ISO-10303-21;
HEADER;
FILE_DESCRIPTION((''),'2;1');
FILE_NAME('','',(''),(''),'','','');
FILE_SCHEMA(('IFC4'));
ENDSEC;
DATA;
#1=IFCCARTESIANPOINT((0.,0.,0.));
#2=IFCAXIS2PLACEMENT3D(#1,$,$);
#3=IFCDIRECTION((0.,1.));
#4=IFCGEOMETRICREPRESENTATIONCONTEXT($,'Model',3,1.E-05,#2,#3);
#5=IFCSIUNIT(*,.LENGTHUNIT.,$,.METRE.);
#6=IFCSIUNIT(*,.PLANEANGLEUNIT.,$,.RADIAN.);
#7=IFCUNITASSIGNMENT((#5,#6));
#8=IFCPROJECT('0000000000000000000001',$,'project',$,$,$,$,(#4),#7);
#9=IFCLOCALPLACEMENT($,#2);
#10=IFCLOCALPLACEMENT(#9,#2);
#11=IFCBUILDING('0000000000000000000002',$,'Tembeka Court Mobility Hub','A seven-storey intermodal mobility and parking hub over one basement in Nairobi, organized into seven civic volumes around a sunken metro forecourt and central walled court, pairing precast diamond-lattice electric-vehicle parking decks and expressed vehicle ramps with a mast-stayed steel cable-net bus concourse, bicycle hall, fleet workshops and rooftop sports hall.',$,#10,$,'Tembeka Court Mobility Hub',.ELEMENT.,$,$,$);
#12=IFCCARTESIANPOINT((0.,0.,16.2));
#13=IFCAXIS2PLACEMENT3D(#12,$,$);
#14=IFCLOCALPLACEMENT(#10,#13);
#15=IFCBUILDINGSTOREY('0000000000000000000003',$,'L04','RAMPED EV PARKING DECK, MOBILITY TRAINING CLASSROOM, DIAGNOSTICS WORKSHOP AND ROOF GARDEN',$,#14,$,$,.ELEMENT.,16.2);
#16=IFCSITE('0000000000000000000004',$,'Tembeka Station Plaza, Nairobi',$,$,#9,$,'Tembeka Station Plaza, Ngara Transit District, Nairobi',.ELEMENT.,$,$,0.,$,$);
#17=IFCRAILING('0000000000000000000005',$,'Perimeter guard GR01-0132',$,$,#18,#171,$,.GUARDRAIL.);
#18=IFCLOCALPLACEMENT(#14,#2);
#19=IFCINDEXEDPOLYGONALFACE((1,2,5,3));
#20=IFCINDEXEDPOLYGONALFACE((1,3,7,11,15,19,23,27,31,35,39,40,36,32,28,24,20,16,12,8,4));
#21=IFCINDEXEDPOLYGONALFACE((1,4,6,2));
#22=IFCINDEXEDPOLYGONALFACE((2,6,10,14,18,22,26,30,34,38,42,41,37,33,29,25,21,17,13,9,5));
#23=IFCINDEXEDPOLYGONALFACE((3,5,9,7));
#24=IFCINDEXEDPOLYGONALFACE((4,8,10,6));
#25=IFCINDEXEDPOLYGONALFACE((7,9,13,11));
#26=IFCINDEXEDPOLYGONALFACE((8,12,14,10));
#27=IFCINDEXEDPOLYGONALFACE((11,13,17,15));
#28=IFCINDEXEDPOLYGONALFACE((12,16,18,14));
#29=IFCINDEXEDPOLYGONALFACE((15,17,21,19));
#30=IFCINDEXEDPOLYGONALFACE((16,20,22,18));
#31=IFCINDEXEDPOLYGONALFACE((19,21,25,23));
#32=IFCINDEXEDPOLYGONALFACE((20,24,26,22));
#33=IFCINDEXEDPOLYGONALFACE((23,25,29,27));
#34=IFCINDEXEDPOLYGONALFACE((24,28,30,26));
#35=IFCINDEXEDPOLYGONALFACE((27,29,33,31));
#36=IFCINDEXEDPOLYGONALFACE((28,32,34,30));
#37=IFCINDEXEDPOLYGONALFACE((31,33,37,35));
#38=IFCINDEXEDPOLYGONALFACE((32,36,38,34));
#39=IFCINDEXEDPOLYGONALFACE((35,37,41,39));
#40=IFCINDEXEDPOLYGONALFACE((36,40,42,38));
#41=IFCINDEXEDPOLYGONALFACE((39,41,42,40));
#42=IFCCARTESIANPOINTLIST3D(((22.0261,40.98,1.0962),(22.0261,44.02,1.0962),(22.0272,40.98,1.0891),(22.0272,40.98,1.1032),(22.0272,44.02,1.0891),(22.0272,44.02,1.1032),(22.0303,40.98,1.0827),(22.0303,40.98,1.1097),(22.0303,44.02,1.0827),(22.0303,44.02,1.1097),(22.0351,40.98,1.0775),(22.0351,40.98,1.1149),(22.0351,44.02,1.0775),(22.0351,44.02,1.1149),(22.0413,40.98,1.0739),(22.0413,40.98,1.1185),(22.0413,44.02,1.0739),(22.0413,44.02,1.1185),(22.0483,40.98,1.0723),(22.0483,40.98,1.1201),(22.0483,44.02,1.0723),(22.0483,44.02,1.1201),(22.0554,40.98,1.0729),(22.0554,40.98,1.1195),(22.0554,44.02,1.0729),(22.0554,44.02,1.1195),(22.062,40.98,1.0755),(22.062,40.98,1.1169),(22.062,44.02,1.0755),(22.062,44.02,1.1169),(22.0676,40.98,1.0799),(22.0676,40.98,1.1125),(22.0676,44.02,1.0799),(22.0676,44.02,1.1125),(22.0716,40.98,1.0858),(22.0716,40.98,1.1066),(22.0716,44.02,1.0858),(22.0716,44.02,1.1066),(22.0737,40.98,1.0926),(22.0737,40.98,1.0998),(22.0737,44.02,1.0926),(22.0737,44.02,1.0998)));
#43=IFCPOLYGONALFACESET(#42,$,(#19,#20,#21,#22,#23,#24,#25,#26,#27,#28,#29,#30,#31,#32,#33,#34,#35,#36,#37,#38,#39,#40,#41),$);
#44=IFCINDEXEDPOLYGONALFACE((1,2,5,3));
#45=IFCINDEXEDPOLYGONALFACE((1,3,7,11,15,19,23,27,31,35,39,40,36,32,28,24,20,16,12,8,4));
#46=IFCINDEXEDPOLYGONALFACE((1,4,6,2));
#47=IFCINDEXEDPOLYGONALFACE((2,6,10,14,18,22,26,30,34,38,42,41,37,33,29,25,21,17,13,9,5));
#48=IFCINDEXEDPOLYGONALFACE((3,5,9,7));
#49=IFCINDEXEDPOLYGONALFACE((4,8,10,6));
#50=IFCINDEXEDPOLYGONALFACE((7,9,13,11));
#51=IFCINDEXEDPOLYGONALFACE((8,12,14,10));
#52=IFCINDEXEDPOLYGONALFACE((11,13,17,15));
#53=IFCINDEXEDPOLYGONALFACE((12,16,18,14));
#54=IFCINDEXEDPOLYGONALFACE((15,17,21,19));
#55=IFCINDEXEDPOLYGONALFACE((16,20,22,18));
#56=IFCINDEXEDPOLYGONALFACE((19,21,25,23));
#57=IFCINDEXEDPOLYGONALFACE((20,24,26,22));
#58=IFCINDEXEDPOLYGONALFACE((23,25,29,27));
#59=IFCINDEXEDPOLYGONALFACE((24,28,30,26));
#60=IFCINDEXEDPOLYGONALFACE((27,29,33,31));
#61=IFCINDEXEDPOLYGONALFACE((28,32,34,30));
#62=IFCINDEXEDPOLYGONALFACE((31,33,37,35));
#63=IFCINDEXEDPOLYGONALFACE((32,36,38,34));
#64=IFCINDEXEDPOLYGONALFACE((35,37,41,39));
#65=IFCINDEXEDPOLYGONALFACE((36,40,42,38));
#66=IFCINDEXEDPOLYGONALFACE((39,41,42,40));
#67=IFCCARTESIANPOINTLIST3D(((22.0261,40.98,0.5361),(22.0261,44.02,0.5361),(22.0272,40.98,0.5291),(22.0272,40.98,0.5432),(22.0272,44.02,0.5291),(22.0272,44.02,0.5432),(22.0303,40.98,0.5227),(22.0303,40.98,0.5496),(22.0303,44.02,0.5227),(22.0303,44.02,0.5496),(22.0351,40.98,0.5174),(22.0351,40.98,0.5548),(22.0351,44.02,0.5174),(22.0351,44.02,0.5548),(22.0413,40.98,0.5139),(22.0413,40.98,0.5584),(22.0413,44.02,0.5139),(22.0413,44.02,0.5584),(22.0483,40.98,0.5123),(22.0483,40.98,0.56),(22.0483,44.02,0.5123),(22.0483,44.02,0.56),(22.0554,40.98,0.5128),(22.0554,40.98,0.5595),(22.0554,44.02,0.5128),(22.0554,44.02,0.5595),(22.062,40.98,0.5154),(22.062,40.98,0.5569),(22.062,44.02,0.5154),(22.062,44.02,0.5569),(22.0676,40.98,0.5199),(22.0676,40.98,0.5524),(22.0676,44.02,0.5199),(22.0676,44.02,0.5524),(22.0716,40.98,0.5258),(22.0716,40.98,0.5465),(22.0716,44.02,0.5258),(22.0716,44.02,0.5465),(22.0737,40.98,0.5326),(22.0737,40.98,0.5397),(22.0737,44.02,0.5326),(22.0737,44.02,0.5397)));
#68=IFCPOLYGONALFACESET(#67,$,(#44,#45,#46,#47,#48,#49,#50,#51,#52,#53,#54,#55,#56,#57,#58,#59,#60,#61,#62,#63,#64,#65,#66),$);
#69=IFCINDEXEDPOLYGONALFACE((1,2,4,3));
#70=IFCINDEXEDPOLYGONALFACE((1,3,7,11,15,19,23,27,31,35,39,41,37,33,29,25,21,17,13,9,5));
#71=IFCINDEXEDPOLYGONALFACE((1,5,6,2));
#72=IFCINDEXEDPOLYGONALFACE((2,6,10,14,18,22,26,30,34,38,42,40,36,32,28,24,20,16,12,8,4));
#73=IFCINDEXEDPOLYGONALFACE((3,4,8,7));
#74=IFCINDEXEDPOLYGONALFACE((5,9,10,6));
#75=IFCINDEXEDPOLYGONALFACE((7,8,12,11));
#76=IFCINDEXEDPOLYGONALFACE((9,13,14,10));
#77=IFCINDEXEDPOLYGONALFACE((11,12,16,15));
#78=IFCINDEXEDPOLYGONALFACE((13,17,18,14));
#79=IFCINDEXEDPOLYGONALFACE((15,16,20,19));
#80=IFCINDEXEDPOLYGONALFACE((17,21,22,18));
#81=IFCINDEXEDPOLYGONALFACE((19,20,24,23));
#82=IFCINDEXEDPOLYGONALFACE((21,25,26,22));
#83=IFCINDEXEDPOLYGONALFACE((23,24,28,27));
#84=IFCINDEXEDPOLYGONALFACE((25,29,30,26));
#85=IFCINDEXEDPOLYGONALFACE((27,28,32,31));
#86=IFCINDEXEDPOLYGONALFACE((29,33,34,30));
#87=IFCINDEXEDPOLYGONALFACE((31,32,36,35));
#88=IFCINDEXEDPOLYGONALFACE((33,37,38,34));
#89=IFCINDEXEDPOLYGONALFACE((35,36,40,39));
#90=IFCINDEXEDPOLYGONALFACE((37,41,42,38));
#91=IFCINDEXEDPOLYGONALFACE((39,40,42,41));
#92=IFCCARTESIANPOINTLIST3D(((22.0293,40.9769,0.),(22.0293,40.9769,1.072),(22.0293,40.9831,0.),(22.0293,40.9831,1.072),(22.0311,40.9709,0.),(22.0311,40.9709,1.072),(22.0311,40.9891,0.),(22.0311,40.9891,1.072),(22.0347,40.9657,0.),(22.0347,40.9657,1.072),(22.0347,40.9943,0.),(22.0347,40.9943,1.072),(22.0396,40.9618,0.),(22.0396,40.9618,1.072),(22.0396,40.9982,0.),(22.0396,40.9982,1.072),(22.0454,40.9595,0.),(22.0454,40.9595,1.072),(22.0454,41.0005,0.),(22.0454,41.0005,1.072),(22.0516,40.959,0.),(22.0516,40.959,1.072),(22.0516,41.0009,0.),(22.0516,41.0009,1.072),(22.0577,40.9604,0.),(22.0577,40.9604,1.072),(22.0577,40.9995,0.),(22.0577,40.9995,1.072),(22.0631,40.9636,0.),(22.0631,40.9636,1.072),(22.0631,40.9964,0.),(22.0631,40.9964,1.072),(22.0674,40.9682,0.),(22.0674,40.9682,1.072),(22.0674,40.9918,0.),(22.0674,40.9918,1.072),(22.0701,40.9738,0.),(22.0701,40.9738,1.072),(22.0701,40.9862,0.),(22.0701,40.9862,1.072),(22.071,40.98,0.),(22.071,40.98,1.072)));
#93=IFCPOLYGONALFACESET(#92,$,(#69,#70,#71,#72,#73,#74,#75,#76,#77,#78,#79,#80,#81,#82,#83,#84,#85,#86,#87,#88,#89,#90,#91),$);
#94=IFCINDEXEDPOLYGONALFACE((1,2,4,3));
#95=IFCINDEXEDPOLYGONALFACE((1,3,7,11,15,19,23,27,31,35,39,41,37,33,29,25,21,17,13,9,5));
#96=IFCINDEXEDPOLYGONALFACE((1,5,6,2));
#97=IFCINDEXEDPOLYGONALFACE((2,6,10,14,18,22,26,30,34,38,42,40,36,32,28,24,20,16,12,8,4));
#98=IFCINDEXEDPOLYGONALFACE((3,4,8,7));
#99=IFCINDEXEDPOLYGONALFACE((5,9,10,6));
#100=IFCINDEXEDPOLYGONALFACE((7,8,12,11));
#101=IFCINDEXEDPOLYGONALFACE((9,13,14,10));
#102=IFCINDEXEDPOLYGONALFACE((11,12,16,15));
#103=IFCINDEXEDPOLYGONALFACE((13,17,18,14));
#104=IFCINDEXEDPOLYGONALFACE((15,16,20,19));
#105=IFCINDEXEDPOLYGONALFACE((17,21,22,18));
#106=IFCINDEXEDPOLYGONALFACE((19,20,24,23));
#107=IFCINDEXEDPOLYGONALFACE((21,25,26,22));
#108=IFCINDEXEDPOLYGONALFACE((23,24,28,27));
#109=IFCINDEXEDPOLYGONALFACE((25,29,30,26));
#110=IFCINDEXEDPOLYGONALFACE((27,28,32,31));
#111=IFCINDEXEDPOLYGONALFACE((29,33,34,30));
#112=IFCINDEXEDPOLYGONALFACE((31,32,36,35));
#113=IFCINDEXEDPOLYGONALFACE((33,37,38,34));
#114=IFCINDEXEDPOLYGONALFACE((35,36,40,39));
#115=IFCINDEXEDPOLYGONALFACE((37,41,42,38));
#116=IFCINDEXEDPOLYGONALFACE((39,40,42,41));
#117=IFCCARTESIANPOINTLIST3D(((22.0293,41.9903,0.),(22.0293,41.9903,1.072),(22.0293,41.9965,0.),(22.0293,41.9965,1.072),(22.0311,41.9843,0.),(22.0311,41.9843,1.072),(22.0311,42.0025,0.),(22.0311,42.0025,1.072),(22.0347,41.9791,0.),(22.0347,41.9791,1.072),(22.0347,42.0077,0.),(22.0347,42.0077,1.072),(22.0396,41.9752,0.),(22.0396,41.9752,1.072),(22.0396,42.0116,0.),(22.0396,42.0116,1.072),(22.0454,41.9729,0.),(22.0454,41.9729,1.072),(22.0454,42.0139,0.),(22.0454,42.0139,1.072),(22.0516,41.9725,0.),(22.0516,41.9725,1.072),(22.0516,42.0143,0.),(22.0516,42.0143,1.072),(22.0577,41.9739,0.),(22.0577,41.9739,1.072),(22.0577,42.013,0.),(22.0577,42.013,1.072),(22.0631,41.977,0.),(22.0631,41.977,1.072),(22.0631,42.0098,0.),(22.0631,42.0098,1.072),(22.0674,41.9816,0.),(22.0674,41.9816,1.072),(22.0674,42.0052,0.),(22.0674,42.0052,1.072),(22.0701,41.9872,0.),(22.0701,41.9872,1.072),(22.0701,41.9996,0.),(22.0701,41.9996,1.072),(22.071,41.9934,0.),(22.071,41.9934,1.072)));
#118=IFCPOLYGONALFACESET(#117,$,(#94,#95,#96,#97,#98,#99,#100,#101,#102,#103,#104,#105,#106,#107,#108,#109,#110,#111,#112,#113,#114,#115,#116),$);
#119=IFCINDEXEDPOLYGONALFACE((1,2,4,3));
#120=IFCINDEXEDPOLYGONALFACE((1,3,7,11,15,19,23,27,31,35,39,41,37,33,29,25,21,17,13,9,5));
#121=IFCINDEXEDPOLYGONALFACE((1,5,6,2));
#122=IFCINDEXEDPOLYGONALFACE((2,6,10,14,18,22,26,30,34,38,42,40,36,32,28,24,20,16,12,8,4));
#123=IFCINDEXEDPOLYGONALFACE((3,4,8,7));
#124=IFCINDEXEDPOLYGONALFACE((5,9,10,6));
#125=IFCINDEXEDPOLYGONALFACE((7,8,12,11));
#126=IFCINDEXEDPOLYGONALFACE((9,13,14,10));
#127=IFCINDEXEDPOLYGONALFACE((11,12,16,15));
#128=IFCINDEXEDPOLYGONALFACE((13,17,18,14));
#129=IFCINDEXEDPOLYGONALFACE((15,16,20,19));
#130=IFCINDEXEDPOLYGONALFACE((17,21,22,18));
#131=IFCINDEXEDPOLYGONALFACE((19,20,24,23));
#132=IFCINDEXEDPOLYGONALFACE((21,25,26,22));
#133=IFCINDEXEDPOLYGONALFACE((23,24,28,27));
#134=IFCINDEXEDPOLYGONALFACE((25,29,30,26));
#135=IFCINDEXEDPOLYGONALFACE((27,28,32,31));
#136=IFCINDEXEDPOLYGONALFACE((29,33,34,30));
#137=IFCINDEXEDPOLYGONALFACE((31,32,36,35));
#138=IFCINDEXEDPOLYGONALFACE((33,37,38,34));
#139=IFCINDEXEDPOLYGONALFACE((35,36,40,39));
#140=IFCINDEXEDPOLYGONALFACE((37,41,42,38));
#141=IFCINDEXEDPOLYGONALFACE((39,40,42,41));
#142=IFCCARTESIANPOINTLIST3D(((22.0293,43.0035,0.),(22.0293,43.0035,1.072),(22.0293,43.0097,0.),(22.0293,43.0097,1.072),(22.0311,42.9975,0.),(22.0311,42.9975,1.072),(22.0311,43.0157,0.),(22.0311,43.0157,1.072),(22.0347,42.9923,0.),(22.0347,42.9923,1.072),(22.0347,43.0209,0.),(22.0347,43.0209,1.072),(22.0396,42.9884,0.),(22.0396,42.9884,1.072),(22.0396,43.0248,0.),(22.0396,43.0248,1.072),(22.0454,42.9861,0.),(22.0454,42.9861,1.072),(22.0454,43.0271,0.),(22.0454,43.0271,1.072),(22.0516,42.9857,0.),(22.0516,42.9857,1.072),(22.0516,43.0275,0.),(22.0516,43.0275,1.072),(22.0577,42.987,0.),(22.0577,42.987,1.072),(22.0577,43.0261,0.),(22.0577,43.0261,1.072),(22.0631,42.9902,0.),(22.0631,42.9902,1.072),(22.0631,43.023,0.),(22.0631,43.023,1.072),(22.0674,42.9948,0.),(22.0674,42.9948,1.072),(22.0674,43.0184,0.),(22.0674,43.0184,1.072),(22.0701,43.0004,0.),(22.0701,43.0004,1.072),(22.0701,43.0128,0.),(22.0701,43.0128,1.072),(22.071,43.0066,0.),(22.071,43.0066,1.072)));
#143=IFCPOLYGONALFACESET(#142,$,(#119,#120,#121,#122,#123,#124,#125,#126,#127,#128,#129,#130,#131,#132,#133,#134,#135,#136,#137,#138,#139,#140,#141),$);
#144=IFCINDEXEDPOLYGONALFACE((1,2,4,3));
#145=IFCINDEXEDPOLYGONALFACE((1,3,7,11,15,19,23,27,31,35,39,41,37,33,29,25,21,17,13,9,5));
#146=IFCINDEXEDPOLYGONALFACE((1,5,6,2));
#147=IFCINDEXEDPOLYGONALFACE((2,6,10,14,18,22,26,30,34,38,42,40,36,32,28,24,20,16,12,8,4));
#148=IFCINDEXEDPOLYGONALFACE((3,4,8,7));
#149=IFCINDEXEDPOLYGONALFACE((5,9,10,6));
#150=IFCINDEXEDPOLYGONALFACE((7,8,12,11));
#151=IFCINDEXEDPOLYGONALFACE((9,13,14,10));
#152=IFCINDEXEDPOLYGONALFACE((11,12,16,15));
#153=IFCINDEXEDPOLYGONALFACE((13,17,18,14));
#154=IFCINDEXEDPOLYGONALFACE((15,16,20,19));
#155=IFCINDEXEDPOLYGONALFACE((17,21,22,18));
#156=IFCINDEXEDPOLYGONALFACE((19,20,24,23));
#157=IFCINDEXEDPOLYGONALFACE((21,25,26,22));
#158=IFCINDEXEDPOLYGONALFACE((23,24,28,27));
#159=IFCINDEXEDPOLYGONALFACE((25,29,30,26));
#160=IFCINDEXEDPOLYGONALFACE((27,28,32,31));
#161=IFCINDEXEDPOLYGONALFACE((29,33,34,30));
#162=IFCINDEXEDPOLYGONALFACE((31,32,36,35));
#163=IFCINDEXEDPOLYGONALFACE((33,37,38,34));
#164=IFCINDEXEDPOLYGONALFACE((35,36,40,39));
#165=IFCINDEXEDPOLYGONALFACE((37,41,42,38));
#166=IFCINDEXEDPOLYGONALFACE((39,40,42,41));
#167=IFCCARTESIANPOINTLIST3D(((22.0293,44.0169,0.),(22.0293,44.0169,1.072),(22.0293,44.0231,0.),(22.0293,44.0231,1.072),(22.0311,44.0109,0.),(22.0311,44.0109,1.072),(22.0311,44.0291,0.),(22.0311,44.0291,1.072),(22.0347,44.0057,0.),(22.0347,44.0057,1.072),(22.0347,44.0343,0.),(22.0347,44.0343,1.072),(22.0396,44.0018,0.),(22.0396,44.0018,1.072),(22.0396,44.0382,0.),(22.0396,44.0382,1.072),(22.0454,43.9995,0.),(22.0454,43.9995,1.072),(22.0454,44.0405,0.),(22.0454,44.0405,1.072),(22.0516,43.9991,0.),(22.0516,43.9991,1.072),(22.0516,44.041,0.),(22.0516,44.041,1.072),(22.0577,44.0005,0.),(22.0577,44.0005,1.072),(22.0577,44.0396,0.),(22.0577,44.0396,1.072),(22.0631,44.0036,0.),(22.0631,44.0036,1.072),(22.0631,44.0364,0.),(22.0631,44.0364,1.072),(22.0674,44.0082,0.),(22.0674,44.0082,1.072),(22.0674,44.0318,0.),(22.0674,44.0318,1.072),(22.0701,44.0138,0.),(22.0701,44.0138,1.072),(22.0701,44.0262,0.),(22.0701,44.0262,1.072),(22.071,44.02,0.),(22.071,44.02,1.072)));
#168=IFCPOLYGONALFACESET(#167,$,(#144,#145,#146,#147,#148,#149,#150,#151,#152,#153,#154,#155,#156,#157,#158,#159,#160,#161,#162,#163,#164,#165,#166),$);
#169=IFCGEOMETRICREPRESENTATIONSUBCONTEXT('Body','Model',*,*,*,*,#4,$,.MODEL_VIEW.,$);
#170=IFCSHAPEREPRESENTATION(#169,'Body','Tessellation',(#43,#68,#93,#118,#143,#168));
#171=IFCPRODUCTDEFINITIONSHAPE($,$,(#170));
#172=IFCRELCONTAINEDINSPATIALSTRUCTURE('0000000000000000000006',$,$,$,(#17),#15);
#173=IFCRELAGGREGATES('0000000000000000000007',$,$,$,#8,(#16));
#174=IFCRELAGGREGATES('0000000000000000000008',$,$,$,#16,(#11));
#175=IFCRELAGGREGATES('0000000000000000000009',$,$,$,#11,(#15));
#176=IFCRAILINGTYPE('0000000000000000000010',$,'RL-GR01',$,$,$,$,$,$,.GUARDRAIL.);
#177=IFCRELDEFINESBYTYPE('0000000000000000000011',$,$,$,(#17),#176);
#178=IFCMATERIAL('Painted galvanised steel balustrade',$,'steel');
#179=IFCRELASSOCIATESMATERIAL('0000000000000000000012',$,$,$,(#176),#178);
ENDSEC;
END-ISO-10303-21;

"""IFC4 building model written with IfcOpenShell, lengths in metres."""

from ifc_helpers import new_model, si_unit, direction, frame, origin, origin_2d, place, context, subcontext, project, spatial, circle, extrude, material, type_object, element, save


model = new_model("IFC4")

# Units and contexts
model_context = context("Model", 3, precision=1e-05, world=origin(), true_north=direction((0.0, 1.0)))
body_context = subcontext(model_context, "Body", "Model", "MODEL_VIEW")
ifc_project = project(units=[si_unit("LENGTHUNIT", "METRE"), si_unit("PLANEANGLEUNIT", "RADIAN")], contexts=[model_context])

# Site, building, storey
site_placement = place(None, origin())
site = spatial("IfcSite", under=ifc_project, at=site_placement, Name="Tembeka Station Plaza, Nairobi", LongName="Tembeka Station Plaza, Ngara Transit District, Nairobi", CompositionType="ELEMENT", RefElevation=0.0)
building_placement = place(site_placement, origin())
building = spatial("IfcBuilding", under=site, at=building_placement, Name="Tembeka Court Mobility Hub", Description="A seven-storey intermodal mobility and parking hub over one basement in Nairobi, organized into seven civic volumes around a sunken metro forecourt and central walled court, pairing precast diamond-lattice electric-vehicle parking decks and expressed vehicle ramps with a mast-stayed steel cable-net bus concourse, bicycle hall, fleet workshops and rooftop sports hall.", LongName="Tembeka Court Mobility Hub", CompositionType="ELEMENT")
storey_placement = place(building_placement, frame((0.0, 0.0, 16.2)))
storey = spatial("IfcBuildingStorey", under=building, at=storey_placement, Name="L04", Description="RAMPED EV PARKING DECK, MOBILITY TRAINING CLASSROOM, DIAGNOSTICS WORKSHOP AND ROOF GARDEN", CompositionType="ELEMENT", Elevation=16.2)

# Railing
ifc_material_1 = material(Name="Painted galvanised steel balustrade", Category="steel")
railing_type_1 = type_object("IfcRailingType", Name="RL-GR01", PredefinedType="GUARDRAIL", material=ifc_material_1)
railing_1_placement = place(storey_placement, frame((22.05, 40.98, 0.0)))
element("IfcRailing", 1, at=railing_1_placement, inside=storey, type_object=railing_type_1, Name="Perimeter guard GR01-0132", PredefinedType="GUARDRAIL", context=body_context, shape_type="SweptSolid", body=[
    extrude(circle(Radius=0.0239, at=origin_2d()), frame((0.0, 0.0, 1.0962), z_axis=(0.0, 1.0, 0.0), x_axis=(-1.0, 0.0, 0.0)), (0.0, 0.0, 1.0), 3.04),
    extrude(circle(Radius=0.0239, at=origin_2d()), frame((0.0, 0.0, 0.5361), z_axis=(0.0, 1.0, 0.0), x_axis=(-1.0, 0.0, 0.0)), (0.0, 0.0, 1.0), 3.04),
    extrude(circle(Radius=0.021, at=origin_2d()), origin(), (0.0, 0.0, 1.0), 1.072),
    extrude(circle(Radius=0.021, at=origin_2d()), frame((0.0, 1.0134, 0.0)), (0.0, 0.0, 1.0), 1.072),
    extrude(circle(Radius=0.021, at=origin_2d()), frame((0.0, 2.0266, 0.0)), (0.0, 0.0, 1.0), 1.072),
    extrude(circle(Radius=0.021, at=origin_2d()), frame((0.0, 3.04, 0.0)), (0.0, 0.0, 1.0), 1.072),
])

save(model, "model.ifc")
